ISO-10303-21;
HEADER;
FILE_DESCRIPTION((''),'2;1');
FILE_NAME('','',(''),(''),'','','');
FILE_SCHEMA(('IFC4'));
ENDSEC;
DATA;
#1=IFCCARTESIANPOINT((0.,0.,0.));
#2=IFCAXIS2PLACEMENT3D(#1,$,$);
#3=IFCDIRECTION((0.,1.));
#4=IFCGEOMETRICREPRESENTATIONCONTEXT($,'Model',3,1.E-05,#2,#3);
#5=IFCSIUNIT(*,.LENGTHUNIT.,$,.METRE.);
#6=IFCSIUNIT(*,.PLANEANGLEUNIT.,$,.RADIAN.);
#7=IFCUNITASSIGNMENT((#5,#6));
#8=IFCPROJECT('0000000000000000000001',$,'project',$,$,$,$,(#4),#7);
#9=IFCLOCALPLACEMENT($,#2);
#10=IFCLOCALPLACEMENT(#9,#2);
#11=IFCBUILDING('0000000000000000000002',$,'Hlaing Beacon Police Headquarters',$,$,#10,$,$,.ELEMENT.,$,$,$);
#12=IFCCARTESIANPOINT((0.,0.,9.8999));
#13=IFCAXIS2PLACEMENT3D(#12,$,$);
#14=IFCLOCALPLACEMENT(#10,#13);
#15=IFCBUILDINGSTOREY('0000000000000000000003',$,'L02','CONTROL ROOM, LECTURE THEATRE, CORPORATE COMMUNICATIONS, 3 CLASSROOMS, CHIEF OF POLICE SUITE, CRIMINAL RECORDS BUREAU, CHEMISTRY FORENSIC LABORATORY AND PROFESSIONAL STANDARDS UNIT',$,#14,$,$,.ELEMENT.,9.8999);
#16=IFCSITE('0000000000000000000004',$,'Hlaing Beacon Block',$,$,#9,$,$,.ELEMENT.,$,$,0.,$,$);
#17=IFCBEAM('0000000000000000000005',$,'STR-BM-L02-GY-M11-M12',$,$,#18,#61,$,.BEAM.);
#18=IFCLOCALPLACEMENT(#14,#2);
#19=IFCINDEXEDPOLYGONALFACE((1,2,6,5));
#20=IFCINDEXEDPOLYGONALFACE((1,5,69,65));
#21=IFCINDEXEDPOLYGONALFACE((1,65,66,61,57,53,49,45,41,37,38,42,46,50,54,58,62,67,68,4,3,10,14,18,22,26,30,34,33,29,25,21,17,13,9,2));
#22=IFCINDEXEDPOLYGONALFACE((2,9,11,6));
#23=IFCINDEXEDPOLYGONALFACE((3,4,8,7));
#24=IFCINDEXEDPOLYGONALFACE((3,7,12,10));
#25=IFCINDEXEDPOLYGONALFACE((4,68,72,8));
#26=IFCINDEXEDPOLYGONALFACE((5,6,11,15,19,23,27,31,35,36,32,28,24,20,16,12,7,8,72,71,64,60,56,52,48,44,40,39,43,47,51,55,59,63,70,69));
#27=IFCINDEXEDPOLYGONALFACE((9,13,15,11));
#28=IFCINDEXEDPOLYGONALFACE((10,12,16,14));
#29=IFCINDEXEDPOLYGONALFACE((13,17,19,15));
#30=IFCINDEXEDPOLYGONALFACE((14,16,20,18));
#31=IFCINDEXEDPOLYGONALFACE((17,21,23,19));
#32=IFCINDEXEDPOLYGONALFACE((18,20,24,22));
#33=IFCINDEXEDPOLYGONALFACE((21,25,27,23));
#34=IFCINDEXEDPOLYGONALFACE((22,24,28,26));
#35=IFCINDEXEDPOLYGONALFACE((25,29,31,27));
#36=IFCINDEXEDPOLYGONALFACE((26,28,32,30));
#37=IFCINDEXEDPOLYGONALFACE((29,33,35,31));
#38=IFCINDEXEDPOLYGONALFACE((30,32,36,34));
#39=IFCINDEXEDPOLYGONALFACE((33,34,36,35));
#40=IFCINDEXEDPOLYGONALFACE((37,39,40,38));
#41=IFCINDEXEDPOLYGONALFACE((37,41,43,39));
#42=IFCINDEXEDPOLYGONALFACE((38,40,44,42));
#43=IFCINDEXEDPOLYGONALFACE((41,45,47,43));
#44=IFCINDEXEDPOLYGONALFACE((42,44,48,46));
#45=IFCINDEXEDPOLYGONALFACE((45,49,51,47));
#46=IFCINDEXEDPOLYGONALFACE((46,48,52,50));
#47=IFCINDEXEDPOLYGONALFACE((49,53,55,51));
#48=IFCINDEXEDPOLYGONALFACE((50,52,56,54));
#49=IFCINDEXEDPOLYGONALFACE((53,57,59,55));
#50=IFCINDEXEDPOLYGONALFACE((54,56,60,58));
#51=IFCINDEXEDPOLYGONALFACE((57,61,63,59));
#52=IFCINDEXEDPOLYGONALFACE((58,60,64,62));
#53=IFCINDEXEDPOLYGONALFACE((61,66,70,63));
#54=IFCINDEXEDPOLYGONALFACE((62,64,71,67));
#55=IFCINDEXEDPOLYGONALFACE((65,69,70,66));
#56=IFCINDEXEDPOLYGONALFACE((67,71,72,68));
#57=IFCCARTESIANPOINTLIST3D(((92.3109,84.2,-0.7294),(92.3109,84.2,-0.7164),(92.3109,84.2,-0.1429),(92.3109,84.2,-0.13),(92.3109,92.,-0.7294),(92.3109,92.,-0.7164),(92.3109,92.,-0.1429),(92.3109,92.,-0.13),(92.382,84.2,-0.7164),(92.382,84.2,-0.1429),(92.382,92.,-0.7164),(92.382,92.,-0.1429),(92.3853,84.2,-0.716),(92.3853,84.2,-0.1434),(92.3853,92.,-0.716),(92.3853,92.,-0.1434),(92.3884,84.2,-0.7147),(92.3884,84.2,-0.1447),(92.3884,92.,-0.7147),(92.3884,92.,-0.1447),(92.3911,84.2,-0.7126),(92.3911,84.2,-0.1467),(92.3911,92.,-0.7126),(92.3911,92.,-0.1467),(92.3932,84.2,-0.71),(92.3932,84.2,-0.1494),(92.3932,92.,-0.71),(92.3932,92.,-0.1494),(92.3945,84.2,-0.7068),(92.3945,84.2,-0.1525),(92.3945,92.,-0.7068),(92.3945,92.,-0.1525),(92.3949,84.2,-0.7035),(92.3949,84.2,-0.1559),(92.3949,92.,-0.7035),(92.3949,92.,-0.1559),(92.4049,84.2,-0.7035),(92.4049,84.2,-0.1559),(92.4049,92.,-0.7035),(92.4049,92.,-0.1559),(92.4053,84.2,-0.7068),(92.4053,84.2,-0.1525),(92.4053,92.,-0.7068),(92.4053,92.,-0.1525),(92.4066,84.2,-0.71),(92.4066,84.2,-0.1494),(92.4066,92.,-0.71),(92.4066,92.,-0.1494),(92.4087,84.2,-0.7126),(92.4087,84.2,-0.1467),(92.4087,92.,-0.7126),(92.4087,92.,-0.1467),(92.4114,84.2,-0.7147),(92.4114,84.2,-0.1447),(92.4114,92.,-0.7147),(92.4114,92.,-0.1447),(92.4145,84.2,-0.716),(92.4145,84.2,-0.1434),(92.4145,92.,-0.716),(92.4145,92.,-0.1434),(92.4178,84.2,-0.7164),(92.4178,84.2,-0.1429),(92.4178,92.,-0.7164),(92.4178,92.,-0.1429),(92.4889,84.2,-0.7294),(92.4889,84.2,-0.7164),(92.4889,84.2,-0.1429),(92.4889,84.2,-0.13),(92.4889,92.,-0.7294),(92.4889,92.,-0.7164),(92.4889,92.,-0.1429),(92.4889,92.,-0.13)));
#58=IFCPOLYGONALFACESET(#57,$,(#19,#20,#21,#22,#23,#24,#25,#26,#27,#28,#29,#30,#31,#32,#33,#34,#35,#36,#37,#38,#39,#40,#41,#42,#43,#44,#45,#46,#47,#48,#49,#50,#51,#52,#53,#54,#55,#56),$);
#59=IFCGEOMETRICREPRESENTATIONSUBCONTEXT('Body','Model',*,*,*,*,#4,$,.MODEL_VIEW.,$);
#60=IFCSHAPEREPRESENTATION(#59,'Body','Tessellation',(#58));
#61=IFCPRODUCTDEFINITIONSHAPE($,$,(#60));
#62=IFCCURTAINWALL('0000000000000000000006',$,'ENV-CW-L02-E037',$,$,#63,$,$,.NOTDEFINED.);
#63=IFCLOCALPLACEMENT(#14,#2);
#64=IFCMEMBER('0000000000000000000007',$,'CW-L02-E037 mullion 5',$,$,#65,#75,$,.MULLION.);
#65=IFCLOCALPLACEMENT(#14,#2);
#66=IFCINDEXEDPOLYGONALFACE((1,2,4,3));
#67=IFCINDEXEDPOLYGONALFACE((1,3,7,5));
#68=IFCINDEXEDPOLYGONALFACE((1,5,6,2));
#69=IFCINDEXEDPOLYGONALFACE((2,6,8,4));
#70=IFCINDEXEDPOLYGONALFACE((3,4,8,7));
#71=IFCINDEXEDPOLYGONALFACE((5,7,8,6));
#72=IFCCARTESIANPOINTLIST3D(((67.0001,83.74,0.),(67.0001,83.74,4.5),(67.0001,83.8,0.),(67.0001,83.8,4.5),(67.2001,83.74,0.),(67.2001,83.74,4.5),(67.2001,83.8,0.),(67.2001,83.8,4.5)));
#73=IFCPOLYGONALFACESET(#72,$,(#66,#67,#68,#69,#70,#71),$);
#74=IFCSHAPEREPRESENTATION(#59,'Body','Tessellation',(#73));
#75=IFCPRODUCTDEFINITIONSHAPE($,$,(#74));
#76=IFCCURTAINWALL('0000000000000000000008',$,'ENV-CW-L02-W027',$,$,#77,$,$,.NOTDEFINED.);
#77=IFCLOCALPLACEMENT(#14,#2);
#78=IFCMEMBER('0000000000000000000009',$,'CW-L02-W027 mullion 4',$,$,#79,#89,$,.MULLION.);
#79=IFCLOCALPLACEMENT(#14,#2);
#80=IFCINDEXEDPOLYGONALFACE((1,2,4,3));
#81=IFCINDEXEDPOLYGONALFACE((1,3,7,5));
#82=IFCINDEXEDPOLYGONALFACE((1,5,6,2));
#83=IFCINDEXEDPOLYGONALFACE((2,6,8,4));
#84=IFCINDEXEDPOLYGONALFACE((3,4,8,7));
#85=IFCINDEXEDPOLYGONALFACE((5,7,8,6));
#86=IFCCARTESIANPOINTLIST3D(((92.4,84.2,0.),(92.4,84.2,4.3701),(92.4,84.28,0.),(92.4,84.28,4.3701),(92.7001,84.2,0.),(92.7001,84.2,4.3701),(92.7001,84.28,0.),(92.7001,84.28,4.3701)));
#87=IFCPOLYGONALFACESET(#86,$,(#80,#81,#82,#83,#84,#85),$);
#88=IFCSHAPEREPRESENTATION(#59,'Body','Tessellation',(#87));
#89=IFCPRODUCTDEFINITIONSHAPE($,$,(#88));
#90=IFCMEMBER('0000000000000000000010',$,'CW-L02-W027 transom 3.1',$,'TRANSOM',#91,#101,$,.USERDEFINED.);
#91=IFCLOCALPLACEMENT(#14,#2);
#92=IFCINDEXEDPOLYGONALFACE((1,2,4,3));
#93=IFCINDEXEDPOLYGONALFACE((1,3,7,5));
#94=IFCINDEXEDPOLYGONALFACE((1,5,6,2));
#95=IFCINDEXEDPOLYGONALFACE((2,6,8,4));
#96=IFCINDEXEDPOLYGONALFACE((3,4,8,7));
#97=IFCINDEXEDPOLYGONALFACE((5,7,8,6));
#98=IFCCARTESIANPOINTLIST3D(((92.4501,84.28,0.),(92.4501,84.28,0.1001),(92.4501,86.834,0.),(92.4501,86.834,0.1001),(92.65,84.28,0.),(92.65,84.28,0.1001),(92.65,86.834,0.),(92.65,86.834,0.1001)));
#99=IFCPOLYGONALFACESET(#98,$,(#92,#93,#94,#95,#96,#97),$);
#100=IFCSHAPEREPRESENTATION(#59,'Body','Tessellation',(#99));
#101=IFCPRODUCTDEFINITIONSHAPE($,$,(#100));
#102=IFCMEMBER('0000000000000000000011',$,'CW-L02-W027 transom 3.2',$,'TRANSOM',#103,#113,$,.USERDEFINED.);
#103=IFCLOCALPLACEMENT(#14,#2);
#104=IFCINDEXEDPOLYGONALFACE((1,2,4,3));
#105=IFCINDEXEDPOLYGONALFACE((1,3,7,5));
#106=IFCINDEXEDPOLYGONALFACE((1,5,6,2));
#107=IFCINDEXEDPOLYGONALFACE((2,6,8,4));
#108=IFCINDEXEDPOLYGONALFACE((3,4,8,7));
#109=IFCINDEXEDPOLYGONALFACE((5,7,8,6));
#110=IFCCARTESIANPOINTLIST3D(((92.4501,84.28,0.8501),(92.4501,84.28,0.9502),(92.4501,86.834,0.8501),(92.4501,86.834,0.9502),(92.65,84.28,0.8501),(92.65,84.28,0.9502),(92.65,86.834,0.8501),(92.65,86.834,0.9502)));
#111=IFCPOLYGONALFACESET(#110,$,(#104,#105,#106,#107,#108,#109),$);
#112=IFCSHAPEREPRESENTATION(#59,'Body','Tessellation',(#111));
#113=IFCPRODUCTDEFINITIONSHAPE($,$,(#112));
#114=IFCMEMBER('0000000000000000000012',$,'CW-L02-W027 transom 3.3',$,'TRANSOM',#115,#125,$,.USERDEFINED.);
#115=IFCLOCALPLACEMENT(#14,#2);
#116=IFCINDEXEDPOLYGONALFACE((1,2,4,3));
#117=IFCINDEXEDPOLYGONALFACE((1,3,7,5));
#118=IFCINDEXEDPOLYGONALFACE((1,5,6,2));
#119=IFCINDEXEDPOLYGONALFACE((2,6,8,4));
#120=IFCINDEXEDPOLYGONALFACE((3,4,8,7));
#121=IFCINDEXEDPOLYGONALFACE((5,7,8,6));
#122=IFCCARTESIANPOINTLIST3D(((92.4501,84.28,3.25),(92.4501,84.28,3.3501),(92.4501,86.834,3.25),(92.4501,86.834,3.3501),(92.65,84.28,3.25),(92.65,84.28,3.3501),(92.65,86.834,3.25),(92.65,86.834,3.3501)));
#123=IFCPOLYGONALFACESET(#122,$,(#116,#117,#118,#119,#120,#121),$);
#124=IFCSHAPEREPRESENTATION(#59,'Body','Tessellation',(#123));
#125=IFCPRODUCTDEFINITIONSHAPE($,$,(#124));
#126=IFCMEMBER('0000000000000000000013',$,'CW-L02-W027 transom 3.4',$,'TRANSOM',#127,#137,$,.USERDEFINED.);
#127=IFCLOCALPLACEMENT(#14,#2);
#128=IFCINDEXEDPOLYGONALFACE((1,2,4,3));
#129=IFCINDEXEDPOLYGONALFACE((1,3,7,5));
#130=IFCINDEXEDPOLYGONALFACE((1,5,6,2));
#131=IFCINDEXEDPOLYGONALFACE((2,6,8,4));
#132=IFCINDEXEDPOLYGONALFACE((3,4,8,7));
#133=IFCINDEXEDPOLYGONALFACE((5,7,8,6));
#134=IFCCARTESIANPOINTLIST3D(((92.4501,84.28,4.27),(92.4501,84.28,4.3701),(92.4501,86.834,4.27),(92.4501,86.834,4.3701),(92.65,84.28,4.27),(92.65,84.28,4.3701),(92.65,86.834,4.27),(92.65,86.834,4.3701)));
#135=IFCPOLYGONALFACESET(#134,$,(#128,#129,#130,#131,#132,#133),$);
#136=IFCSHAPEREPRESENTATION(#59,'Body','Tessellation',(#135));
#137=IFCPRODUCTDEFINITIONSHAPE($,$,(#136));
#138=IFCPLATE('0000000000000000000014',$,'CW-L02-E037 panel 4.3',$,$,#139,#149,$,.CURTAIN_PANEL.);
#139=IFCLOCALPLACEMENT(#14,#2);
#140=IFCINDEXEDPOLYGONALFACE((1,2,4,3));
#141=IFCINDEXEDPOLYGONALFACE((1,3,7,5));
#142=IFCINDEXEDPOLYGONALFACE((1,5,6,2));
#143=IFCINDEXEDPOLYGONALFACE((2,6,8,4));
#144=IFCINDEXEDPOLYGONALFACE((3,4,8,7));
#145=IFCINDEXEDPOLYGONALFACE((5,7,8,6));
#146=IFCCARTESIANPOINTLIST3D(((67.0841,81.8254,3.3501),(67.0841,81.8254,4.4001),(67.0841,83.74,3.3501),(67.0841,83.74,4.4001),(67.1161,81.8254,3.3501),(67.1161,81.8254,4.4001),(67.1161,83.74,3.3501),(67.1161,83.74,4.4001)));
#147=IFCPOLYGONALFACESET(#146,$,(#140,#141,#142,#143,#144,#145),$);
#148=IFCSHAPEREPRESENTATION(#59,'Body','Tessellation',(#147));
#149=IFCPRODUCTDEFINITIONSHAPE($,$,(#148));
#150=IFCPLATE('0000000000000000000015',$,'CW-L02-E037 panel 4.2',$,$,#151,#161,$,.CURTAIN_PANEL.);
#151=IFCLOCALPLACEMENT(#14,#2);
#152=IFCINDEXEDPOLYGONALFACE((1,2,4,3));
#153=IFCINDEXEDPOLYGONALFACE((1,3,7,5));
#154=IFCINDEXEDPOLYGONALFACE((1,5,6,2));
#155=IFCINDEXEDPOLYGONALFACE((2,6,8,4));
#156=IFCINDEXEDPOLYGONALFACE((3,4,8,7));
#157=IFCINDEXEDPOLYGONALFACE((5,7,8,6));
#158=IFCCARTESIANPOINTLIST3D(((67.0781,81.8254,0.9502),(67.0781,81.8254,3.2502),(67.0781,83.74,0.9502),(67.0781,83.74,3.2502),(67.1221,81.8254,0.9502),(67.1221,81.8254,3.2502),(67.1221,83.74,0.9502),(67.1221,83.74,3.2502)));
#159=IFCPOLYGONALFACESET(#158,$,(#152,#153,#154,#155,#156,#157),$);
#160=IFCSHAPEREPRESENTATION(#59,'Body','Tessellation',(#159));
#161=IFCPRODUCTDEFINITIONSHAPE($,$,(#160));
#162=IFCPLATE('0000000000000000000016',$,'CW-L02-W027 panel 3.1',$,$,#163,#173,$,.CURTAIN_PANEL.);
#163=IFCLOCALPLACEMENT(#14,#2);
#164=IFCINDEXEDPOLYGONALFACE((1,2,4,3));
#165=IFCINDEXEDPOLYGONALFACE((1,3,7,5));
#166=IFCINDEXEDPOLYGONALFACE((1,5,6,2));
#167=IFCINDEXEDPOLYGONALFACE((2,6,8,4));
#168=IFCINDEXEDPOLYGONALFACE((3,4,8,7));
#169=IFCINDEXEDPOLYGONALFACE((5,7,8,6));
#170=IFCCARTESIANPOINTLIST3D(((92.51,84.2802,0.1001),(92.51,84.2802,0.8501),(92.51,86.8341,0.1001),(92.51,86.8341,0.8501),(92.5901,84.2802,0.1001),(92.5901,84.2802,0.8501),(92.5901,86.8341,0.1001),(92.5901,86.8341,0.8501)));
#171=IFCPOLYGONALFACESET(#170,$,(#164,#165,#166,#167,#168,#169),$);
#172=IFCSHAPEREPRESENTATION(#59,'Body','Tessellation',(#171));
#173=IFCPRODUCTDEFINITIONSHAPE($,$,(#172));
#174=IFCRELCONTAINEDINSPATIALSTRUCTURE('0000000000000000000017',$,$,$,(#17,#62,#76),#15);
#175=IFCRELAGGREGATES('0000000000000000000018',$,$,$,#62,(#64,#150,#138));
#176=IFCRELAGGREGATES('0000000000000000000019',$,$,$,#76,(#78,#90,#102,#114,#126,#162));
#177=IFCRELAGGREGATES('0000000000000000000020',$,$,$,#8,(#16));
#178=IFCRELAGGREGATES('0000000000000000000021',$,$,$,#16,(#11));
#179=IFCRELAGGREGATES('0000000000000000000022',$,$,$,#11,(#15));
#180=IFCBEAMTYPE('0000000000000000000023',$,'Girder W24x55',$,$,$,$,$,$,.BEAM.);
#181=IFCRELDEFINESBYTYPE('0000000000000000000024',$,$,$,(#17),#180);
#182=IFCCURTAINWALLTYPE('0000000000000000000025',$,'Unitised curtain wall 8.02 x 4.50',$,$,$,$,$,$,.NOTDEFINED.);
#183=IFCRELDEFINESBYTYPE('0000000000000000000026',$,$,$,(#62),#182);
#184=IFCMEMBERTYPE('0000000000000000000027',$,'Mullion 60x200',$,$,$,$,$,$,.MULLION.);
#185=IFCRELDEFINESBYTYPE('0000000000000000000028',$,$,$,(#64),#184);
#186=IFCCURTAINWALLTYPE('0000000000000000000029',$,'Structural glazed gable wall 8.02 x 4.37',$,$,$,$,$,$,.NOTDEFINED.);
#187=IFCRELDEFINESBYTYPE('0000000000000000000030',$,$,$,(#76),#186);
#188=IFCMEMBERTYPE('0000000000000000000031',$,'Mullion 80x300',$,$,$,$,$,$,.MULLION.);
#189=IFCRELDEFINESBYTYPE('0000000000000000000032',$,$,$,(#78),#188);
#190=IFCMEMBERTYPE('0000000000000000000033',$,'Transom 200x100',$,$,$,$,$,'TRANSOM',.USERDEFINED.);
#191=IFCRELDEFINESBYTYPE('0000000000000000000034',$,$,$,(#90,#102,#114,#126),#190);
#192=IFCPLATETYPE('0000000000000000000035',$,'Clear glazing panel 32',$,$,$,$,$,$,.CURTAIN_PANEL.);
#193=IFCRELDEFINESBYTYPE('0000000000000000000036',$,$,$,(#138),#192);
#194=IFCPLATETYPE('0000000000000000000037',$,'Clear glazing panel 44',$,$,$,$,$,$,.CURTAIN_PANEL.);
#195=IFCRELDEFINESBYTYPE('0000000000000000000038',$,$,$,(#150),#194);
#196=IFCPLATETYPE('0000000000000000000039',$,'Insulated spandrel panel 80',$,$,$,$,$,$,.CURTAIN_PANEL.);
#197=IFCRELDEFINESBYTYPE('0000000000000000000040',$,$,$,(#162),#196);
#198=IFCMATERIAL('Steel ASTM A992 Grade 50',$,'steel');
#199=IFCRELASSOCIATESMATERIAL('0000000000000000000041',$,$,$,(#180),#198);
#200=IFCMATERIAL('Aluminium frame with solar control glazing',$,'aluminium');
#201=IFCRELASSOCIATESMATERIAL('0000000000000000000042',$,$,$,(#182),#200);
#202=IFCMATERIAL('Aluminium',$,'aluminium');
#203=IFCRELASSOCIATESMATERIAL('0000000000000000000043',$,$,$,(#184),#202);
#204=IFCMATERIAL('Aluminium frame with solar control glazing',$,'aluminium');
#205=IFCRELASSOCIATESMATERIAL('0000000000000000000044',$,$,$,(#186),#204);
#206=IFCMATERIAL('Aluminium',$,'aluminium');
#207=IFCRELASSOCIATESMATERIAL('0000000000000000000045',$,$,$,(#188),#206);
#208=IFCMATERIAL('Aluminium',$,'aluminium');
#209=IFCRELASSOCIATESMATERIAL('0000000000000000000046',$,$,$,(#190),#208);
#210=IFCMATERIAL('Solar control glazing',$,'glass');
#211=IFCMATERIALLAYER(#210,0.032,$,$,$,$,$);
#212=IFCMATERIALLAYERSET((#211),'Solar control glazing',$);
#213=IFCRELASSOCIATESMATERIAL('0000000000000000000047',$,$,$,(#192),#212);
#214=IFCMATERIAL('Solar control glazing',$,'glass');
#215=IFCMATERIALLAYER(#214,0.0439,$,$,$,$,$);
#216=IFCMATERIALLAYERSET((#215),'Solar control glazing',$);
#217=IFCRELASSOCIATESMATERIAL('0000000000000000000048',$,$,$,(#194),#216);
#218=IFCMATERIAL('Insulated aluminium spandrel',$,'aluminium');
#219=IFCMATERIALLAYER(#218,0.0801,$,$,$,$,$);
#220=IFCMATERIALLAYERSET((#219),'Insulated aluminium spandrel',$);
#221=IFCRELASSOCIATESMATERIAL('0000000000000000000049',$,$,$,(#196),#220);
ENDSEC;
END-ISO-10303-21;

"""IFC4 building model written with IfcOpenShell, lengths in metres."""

from ifc_helpers import new_model, si_unit, direction, frame, origin, origin_2d, place, context, subcontext, project, spatial, rectangle, i_section, extrude, material, layer, layer_set, material_profile, profile_set, type_object, element, aggregate, save


model = new_model("IFC4")

# Units and contexts
model_context = context("Model", 3, precision=1e-05, world=origin(), true_north=direction((0.0, 1.0)))
body_context = subcontext(model_context, "Body", "Model", "MODEL_VIEW")
ifc_project = project(units=[si_unit("LENGTHUNIT", "METRE"), si_unit("PLANEANGLEUNIT", "RADIAN")], contexts=[model_context])

# Site, building, storey
site_placement = place(None, origin())
site = spatial("IfcSite", under=ifc_project, at=site_placement, Name="Hlaing Beacon Block", CompositionType="ELEMENT", RefElevation=0.0)
building_placement = place(site_placement, origin())
building = spatial("IfcBuilding", under=site, at=building_placement, Name="Hlaing Beacon Police Headquarters", CompositionType="ELEMENT")
storey_placement = place(building_placement, frame((0.0, 0.0, 9.8999)))
storey = spatial("IfcBuildingStorey", under=building, at=storey_placement, Name="L02", Description="CONTROL ROOM, LECTURE THEATRE, CORPORATE COMMUNICATIONS, 3 CLASSROOMS, CHIEF OF POLICE SUITE, CRIMINAL RECORDS BUREAU, CHEMISTRY FORENSIC LABORATORY AND PROFESSIONAL STANDARDS UNIT", CompositionType="ELEMENT", Elevation=9.8999)

# Beam
ifc_material_1 = material(Name="Steel ASTM A992 Grade 50", Category="steel")
ifc_material_profile_1 = material_profile(ifc_material_1, i_section(OverallWidth=0.178, OverallDepth=0.5994, WebThickness=0.01, FlangeThickness=0.0129, FilletRadius=0.0129, at=origin_2d()), Name="W24x55")
ifc_profile_set_1 = profile_set([ifc_material_profile_1], Name="Steel ASTM A992 Grade 50")
beam_type = type_object("IfcBeamType", Name="Girder W24x55", PredefinedType="BEAM", material=ifc_profile_set_1)
beam_1_placement = place(storey_placement, frame((92.3999, 84.2, -0.4297), z_axis=(0.0, 1.0, 0.0), x_axis=(-1.0, 0.0, 0.0)))
element("IfcBeam", 1, at=beam_1_placement, inside=storey, type_object=beam_type, Name="STR-BM-L02-GY-M11-M12", PredefinedType="BEAM", context=body_context, shape_type="SweptSolid", body=[
    extrude(i_section(OverallWidth=0.178, OverallDepth=0.5994, WebThickness=0.01, FlangeThickness=0.0129, FilletRadius=0.0129, at=origin_2d()), origin(), (0.0, 0.0, 1.0), 7.8),
])

# Curtain wall, member
ifc_material_2 = material(Name="Aluminium frame with solar control glazing", Category="aluminium")
curtain_wall_type_1 = type_object("IfcCurtainWallType", Name="Unitised curtain wall 8.02 x 4.50", PredefinedType="NOTDEFINED", material=ifc_material_2)
curtain_wall_1_placement = place(storey_placement, origin())
curtain_wall_1 = element("IfcCurtainWall", 2, at=curtain_wall_1_placement, inside=storey, type_object=curtain_wall_type_1, Name="ENV-CW-L02-E037", PredefinedType="NOTDEFINED")
ifc_material_3 = material(Name="Aluminium", Category="aluminium")
ifc_material_profile_2 = material_profile(ifc_material_3, rectangle(XDim=0.2, YDim=0.0601, at=origin_2d()), Name="Mullion 60x200")
ifc_profile_set_2 = profile_set([ifc_material_profile_2], Name="Aluminium")
member_type_1 = type_object("IfcMemberType", Name="Mullion 60x200", PredefinedType="MULLION", material=ifc_profile_set_2)
member_1_placement = place(storey_placement, frame((67.1001, 83.77, 0.0), z_axis=(0.0, 0.0, 1.0), x_axis=(-1.0, 0.0, 0.0)))
member_1 = element("IfcMember", 3, at=member_1_placement, type_object=member_type_1, Name="CW-L02-E037 mullion 5", PredefinedType="MULLION", context=body_context, shape_type="SweptSolid", body=[
    extrude(rectangle(XDim=0.2, YDim=0.0601, at=origin_2d()), origin(), (0.0, 0.0, 1.0), 4.5),
])

# Curtain wall, members
ifc_material_4 = material(Name="Aluminium frame with solar control glazing", Category="aluminium")
curtain_wall_type_2 = type_object("IfcCurtainWallType", Name="Structural glazed gable wall 8.02 x 4.37", PredefinedType="NOTDEFINED", material=ifc_material_4)
curtain_wall_2_placement = place(storey_placement, origin())
curtain_wall_2 = element("IfcCurtainWall", 4, at=curtain_wall_2_placement, inside=storey, type_object=curtain_wall_type_2, Name="ENV-CW-L02-W027", PredefinedType="NOTDEFINED")
ifc_material_5 = material(Name="Aluminium", Category="aluminium")
ifc_material_profile_3 = material_profile(ifc_material_5, rectangle(XDim=0.3, YDim=0.0801, at=origin_2d()), Name="Mullion 80x300")
ifc_profile_set_3 = profile_set([ifc_material_profile_3], Name="Aluminium")
member_type_2 = type_object("IfcMemberType", Name="Mullion 80x300", PredefinedType="MULLION", material=ifc_profile_set_3)
member_2_placement = place(storey_placement, frame((92.55, 84.24, 0.0), z_axis=(0.0, 0.0, 1.0), x_axis=(1.0, 0.0, 0.0)))
member_2 = element("IfcMember", 5, at=member_2_placement, type_object=member_type_2, Name="CW-L02-W027 mullion 4", PredefinedType="MULLION", context=body_context, shape_type="SweptSolid", body=[
    extrude(rectangle(XDim=0.3, YDim=0.0801, at=origin_2d()), origin(), (0.0, 0.0, 1.0), 4.3701),
])
ifc_material_6 = material(Name="Aluminium", Category="aluminium")
ifc_material_profile_4 = material_profile(ifc_material_6, rectangle(XDim=0.2, YDim=0.1001, at=origin_2d()), Name="Transom 200x100")
ifc_profile_set_4 = profile_set([ifc_material_profile_4], Name="Aluminium")
member_type_3 = type_object("IfcMemberType", Name="Transom 200x100", ElementType="TRANSOM", PredefinedType="USERDEFINED", material=ifc_profile_set_4)
member_3_placement = place(storey_placement, frame((92.55, 86.834, 0.05), z_axis=(0.0, -1.0, 0.0), x_axis=(1.0, 0.0, 0.0)))
member_3 = element("IfcMember", 6, at=member_3_placement, type_object=member_type_3, Name="CW-L02-W027 transom 3.1", ObjectType="TRANSOM", PredefinedType="USERDEFINED", context=body_context, shape_type="SweptSolid", body=[
    extrude(rectangle(XDim=0.2, YDim=0.1001, at=origin_2d()), origin(), (0.0, 0.0, 1.0), 2.554),
])
member_4_placement = place(storey_placement, frame((92.55, 86.834, 0.9001), z_axis=(0.0, -1.0, 0.0), x_axis=(1.0, 0.0, 0.0)))
member_4 = element("IfcMember", 7, at=member_4_placement, type_object=member_type_3, Name="CW-L02-W027 transom 3.2", ObjectType="TRANSOM", PredefinedType="USERDEFINED", context=body_context, shape_type="SweptSolid", body=[
    extrude(rectangle(XDim=0.2, YDim=0.1001, at=origin_2d()), origin(), (0.0, 0.0, 1.0), 2.554),
])
member_5_placement = place(storey_placement, frame((92.55, 86.834, 3.3), z_axis=(0.0, -1.0, 0.0), x_axis=(1.0, 0.0, 0.0)))
member_5 = element("IfcMember", 8, at=member_5_placement, type_object=member_type_3, Name="CW-L02-W027 transom 3.3", ObjectType="TRANSOM", PredefinedType="USERDEFINED", context=body_context, shape_type="SweptSolid", body=[
    extrude(rectangle(XDim=0.2, YDim=0.1001, at=origin_2d()), origin(), (0.0, 0.0, 1.0), 2.554),
])
member_6_placement = place(storey_placement, frame((92.55, 86.834, 4.3201), z_axis=(0.0, -1.0, 0.0), x_axis=(1.0, 0.0, 0.0)))
member_6 = element("IfcMember", 9, at=member_6_placement, type_object=member_type_3, Name="CW-L02-W027 transom 3.4", ObjectType="TRANSOM", PredefinedType="USERDEFINED", context=body_context, shape_type="SweptSolid", body=[
    extrude(rectangle(XDim=0.2, YDim=0.1001, at=origin_2d()), origin(), (0.0, 0.0, 1.0), 2.554),
])

# Plates
ifc_material_7 = material(Name="Solar control glazing", Category="glass")
ifc_layer_1 = layer(ifc_material_7, 0.032)
ifc_layer_set_1 = layer_set([ifc_layer_1], Name="Solar control glazing")
plate_type_1 = type_object("IfcPlateType", Name="Clear glazing panel 32", PredefinedType="CURTAIN_PANEL", material=ifc_layer_set_1)
plate_1_placement = place(storey_placement, frame((67.1001, 82.7827, 3.3501), z_axis=(0.0, 0.0, 1.0), x_axis=(0.0, 1.0, 0.0)))
plate_1 = element("IfcPlate", 10, at=plate_1_placement, type_object=plate_type_1, Name="CW-L02-E037 panel 4.3", PredefinedType="CURTAIN_PANEL", context=body_context, shape_type="SweptSolid", body=[
    extrude(rectangle(XDim=1.9146, YDim=0.032, at=origin_2d()), origin(), (0.0, 0.0, 1.0), 1.05),
])
ifc_material_8 = material(Name="Solar control glazing", Category="glass")
ifc_layer_2 = layer(ifc_material_8, 0.0439)
ifc_layer_set_2 = layer_set([ifc_layer_2], Name="Solar control glazing")
plate_type_2 = type_object("IfcPlateType", Name="Clear glazing panel 44", PredefinedType="CURTAIN_PANEL", material=ifc_layer_set_2)
plate_2_placement = place(storey_placement, frame((67.1001, 82.7827, 0.9502), z_axis=(0.0, 0.0, 1.0), x_axis=(0.0, 1.0, 0.0)))
plate_2 = element("IfcPlate", 11, at=plate_2_placement, type_object=plate_type_2, Name="CW-L02-E037 panel 4.2", PredefinedType="CURTAIN_PANEL", context=body_context, shape_type="SweptSolid", body=[
    extrude(rectangle(XDim=1.9146, YDim=0.0439, at=origin_2d()), origin(), (0.0, 0.0, 1.0), 2.3),
])
aggregate(curtain_wall_1, [member_1, plate_2, plate_1])
ifc_material_9 = material(Name="Insulated aluminium spandrel", Category="aluminium")
ifc_layer_3 = layer(ifc_material_9, 0.0801)
ifc_layer_set_3 = layer_set([ifc_layer_3], Name="Insulated aluminium spandrel")
plate_type_3 = type_object("IfcPlateType", Name="Insulated spandrel panel 80", PredefinedType="CURTAIN_PANEL", material=ifc_layer_set_3)
plate_3_placement = place(storey_placement, frame((92.55, 85.5571, 0.1001), z_axis=(0.0, 0.0, 1.0), x_axis=(0.0, -1.0, 0.0)))
plate_3 = element("IfcPlate", 12, at=plate_3_placement, type_object=plate_type_3, Name="CW-L02-W027 panel 3.1", PredefinedType="CURTAIN_PANEL", context=body_context, shape_type="SweptSolid", body=[
    extrude(rectangle(XDim=2.554, YDim=0.0801, at=origin_2d()), origin(), (0.0, 0.0, 1.0), 0.75),
])
aggregate(curtain_wall_2, [member_2, member_3, member_4, member_5, member_6, plate_3])

save(model, "model.ifc")
